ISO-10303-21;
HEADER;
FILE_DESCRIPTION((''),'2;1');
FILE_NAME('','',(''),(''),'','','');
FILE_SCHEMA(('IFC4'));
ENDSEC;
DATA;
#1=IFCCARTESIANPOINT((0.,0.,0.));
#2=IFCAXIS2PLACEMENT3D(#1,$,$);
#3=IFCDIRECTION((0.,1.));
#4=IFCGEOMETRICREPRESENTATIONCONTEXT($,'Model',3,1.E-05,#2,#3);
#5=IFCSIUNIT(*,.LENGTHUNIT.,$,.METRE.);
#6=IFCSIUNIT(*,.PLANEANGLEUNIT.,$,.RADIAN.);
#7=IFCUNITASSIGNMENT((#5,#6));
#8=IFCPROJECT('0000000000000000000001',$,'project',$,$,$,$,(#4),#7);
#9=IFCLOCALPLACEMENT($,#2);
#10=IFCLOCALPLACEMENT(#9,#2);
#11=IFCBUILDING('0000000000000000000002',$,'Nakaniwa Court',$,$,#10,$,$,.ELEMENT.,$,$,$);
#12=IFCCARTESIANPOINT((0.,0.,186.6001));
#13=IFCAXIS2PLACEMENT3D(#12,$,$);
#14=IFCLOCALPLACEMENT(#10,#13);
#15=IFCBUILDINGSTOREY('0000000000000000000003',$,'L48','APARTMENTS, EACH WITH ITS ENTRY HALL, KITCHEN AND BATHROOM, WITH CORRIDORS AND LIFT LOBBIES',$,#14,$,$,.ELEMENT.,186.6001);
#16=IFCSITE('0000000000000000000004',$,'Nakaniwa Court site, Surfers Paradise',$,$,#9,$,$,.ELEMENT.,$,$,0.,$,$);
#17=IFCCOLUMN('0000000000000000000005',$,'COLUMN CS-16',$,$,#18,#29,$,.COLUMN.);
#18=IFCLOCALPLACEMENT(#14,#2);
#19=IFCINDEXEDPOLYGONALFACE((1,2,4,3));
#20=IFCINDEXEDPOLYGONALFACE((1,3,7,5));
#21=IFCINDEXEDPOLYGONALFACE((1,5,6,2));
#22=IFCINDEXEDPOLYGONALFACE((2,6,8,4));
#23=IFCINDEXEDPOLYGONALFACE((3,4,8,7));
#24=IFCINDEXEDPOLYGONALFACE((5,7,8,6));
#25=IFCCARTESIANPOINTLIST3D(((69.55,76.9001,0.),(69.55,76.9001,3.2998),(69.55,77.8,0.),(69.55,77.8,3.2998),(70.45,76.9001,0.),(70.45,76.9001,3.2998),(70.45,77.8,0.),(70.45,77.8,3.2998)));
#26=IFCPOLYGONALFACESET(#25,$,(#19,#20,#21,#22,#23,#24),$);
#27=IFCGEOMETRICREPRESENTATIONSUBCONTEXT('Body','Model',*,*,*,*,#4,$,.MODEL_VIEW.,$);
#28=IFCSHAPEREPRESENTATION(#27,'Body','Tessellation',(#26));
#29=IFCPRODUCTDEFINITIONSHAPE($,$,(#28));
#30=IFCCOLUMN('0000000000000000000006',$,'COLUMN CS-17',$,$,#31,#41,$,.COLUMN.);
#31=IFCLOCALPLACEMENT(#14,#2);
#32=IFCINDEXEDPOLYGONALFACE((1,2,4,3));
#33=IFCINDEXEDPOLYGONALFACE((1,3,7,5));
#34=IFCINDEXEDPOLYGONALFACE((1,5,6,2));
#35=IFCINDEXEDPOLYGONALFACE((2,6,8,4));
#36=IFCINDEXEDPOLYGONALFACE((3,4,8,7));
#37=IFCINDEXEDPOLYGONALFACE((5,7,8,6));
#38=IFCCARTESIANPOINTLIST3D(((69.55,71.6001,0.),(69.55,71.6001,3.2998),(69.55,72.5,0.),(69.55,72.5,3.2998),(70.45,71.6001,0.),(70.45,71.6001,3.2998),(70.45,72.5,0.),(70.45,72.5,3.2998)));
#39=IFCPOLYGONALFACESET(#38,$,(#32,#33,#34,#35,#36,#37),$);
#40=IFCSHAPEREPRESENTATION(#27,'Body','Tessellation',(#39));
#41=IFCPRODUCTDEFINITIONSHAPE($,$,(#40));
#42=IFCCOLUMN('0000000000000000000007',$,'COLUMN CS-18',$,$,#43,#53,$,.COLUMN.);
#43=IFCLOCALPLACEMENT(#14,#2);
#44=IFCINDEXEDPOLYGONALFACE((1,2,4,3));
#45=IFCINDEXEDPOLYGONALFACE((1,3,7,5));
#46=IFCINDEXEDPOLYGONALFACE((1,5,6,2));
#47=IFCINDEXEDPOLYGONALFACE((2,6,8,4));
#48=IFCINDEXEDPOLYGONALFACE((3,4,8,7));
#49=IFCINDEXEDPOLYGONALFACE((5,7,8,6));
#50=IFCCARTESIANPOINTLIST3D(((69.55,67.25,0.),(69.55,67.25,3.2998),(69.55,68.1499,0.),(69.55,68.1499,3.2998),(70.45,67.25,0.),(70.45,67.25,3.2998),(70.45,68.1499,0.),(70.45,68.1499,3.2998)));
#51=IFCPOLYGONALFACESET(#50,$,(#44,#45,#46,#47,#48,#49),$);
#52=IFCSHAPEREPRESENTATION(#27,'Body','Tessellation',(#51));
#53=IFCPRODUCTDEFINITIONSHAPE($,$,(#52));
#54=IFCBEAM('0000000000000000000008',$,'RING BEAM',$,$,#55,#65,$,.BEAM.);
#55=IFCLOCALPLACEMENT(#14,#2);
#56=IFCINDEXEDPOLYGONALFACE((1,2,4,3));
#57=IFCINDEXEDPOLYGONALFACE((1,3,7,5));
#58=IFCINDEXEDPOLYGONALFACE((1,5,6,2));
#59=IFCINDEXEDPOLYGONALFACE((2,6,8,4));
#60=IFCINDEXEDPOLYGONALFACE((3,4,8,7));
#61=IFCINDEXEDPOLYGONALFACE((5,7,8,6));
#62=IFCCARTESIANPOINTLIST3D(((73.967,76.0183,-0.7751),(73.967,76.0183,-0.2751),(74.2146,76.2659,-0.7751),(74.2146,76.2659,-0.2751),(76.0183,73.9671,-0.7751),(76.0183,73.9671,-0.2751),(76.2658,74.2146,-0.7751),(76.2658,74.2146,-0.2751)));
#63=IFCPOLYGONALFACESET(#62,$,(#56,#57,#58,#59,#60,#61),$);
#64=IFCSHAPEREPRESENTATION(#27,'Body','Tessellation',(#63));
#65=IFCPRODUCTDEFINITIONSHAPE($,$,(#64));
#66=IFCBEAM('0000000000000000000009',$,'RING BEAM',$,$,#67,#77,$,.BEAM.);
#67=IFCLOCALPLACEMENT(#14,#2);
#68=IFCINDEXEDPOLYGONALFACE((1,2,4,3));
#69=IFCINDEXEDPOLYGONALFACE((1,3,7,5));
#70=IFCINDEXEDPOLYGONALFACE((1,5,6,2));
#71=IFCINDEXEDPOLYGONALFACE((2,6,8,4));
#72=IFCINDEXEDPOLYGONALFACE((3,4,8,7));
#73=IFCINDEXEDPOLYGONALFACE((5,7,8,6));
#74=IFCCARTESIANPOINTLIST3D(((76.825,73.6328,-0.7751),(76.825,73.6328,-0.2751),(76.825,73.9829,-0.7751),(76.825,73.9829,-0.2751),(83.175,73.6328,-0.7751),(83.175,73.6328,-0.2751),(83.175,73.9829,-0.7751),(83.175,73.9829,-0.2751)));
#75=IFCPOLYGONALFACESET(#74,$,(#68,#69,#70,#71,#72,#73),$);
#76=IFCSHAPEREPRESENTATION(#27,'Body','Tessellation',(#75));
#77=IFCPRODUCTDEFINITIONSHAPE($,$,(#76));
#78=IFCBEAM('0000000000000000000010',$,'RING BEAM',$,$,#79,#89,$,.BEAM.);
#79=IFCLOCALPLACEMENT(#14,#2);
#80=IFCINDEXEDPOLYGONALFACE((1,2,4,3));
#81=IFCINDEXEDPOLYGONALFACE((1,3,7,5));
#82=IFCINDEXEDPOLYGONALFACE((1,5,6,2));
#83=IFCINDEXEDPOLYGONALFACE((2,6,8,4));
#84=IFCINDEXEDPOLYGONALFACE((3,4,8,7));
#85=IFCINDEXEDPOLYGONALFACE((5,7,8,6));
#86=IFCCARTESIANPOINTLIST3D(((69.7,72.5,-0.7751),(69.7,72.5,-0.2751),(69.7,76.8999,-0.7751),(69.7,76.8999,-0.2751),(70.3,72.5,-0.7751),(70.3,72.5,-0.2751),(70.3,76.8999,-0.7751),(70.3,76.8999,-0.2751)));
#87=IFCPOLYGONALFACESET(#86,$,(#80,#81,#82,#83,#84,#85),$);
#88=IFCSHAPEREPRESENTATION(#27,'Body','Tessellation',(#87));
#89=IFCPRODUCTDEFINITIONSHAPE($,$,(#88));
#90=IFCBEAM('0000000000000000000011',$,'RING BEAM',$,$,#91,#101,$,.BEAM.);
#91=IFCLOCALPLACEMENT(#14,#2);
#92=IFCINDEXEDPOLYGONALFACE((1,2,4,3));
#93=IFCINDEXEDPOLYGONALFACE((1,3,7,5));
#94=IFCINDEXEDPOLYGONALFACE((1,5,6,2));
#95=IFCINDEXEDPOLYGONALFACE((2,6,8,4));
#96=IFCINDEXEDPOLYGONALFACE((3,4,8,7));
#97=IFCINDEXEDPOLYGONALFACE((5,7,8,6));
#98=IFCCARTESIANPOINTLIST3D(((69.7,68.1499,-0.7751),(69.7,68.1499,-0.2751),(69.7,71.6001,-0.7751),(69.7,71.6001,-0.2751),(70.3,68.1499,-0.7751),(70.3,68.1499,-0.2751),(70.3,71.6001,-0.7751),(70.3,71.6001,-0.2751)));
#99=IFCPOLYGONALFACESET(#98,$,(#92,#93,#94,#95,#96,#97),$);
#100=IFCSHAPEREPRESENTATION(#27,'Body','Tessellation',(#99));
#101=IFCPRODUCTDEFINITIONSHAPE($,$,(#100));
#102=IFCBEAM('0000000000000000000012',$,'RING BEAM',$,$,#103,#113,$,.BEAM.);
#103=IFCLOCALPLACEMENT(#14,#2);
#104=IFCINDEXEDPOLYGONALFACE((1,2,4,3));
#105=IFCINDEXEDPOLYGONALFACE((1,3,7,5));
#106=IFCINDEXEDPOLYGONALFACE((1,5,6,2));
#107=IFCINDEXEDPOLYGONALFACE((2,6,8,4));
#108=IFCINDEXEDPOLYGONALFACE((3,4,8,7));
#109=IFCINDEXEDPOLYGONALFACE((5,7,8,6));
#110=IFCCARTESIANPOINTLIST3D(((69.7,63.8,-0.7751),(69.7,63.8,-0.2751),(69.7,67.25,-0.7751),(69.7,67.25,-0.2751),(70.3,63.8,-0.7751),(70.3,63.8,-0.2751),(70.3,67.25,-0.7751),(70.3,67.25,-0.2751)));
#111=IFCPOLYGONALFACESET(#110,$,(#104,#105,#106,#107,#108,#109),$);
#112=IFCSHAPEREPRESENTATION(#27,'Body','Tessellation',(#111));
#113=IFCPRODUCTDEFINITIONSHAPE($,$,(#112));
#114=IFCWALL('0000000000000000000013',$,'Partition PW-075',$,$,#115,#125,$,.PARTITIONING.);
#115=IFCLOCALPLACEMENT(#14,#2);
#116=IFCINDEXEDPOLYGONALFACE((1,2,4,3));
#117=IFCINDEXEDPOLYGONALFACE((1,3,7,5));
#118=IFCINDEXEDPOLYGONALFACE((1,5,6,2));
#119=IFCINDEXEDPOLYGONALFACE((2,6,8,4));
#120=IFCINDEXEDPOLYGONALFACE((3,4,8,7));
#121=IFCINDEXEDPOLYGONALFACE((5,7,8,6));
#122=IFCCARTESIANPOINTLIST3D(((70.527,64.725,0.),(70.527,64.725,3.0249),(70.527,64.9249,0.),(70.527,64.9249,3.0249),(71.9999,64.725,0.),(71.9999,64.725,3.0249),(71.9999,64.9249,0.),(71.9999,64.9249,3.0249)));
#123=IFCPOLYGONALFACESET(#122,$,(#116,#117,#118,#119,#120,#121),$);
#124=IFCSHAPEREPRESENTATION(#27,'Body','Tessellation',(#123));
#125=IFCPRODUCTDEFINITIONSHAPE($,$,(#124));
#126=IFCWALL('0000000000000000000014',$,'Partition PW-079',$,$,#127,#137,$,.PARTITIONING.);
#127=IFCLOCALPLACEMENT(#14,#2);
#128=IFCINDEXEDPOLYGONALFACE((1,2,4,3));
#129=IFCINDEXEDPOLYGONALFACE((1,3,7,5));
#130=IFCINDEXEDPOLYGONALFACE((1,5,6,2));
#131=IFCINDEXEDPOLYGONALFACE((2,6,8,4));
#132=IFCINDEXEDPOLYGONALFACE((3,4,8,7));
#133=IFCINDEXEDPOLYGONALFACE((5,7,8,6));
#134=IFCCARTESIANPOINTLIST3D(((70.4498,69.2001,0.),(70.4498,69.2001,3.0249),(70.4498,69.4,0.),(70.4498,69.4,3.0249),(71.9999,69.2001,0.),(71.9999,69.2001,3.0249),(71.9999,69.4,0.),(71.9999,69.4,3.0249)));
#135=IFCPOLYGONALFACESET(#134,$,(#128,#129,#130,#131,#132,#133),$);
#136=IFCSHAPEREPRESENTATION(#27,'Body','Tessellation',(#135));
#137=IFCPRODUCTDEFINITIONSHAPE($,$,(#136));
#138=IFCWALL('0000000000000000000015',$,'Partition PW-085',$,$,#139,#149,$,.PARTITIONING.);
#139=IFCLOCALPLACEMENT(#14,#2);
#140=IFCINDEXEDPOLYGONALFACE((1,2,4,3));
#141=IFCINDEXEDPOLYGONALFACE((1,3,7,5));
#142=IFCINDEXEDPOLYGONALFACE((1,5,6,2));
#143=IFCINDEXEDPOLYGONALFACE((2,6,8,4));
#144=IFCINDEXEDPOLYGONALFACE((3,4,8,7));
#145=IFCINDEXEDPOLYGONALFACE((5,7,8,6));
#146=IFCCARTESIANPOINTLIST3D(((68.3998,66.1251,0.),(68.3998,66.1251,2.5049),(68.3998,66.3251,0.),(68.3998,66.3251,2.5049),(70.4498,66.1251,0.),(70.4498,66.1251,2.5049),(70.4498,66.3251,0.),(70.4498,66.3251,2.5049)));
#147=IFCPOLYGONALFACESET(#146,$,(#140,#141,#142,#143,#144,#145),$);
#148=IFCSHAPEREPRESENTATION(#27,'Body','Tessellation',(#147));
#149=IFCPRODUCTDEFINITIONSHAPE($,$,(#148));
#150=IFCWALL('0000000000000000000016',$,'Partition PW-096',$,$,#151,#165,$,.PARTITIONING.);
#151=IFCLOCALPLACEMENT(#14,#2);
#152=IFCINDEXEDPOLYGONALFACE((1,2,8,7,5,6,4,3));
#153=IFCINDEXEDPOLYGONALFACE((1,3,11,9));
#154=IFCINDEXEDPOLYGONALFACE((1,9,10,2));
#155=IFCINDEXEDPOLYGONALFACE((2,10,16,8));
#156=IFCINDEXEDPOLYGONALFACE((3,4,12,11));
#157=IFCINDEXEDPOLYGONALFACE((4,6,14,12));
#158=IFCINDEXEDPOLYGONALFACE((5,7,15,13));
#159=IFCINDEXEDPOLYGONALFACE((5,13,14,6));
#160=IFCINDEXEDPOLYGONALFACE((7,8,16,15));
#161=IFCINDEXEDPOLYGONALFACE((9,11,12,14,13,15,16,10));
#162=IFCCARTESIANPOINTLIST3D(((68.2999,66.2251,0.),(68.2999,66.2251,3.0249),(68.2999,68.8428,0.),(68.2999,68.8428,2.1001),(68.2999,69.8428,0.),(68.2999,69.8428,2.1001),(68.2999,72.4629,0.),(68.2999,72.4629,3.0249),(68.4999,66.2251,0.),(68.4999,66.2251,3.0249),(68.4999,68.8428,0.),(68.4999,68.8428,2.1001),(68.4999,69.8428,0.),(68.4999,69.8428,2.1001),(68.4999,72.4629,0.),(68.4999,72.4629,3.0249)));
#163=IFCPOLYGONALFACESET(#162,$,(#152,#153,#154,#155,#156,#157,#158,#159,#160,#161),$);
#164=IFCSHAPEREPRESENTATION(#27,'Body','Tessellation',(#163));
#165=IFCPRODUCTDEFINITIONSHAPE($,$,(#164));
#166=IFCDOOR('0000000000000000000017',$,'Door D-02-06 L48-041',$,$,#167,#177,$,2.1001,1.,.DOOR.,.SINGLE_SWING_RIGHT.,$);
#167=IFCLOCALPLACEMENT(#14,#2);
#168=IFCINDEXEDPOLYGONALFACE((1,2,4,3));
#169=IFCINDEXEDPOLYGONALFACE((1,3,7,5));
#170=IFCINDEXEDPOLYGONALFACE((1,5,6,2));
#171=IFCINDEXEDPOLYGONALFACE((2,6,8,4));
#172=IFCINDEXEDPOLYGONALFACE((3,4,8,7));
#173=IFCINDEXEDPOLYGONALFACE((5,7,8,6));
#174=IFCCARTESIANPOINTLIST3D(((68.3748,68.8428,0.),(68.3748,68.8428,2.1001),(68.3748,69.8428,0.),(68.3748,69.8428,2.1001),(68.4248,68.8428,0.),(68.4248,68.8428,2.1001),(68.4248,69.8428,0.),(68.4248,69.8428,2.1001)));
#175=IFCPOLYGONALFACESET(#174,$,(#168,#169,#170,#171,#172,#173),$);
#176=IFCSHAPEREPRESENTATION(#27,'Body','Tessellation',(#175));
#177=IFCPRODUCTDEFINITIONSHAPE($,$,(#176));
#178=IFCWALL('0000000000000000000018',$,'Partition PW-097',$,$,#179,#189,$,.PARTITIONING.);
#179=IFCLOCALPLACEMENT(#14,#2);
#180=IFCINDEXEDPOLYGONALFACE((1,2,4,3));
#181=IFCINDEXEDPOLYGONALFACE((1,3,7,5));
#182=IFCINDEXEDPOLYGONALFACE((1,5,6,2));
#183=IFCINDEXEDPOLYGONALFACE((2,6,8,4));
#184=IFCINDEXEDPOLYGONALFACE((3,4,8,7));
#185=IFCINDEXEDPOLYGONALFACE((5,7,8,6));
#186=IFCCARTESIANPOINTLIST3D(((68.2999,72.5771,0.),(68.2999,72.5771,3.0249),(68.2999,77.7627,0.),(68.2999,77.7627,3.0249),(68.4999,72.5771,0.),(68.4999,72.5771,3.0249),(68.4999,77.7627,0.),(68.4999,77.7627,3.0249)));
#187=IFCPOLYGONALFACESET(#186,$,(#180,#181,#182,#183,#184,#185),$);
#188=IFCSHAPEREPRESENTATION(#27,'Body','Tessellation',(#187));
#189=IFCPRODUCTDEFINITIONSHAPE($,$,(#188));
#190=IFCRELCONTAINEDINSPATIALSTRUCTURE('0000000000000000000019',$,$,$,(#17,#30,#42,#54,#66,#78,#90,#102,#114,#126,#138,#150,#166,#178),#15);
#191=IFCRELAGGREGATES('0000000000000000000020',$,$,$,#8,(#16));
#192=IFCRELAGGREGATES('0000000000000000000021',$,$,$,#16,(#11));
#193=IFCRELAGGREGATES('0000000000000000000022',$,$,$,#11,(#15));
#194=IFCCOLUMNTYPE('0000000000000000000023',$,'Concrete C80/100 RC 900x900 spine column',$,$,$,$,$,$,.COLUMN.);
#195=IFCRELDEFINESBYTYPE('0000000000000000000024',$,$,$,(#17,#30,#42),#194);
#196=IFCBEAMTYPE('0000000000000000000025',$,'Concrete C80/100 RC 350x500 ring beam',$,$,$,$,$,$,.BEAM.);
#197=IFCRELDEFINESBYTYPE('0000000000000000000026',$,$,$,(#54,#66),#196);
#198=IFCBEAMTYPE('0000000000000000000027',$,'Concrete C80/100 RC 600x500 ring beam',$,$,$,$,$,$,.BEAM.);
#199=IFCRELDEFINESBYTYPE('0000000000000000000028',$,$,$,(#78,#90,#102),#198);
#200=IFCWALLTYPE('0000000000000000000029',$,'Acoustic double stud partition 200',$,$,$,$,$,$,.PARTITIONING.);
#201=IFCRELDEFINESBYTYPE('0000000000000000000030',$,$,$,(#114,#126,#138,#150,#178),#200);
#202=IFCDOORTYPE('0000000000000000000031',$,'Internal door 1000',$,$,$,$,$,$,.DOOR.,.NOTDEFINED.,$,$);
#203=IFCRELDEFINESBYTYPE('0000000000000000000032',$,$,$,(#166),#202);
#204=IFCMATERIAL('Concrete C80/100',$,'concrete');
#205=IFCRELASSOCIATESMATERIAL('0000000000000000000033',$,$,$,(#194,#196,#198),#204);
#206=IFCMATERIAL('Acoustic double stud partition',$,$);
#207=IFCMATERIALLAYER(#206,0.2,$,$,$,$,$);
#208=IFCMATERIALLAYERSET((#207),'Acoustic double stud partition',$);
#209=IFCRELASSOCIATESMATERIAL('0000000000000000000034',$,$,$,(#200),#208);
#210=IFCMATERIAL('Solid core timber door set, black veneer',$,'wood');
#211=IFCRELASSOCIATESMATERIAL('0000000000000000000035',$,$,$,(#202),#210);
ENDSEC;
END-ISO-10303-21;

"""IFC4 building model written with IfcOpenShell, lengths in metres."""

from ifc_helpers import new_model, si_unit, direction, frame, frame_2d, origin, origin_2d, place, context, subcontext, project, spatial, rectangle, extrude, material, layer, layer_set, material_profile, profile_set, type_object, element, fill, save


model = new_model("IFC4")

# Units and contexts
model_context = context("Model", 3, precision=1e-05, world=origin(), true_north=direction((0.0, 1.0)))
body_context = subcontext(model_context, "Body", "Model", "MODEL_VIEW")
ifc_project = project(units=[si_unit("LENGTHUNIT", "METRE"), si_unit("PLANEANGLEUNIT", "RADIAN")], contexts=[model_context])

# Site, building, storey
site_placement = place(None, origin())
site = spatial("IfcSite", under=ifc_project, at=site_placement, Name="Nakaniwa Court site, Surfers Paradise", CompositionType="ELEMENT", RefElevation=0.0)
building_placement = place(site_placement, origin())
building = spatial("IfcBuilding", under=site, at=building_placement, Name="Nakaniwa Court", CompositionType="ELEMENT")
storey_placement = place(building_placement, frame((0.0, 0.0, 186.6001)))
storey = spatial("IfcBuildingStorey", under=building, at=storey_placement, Name="L48", Description="APARTMENTS, EACH WITH ITS ENTRY HALL, KITCHEN AND BATHROOM, WITH CORRIDORS AND LIFT LOBBIES", CompositionType="ELEMENT", Elevation=186.6001)

# Columns
ifc_material_1 = material(Name="Concrete C80/100", Category="concrete")
ifc_material_profile_1 = material_profile(ifc_material_1, rectangle(XDim=0.8999, YDim=0.8999, at=origin_2d()), Name="Concrete C80/100 RC 900x900 spine column")
ifc_profile_set_1 = profile_set([ifc_material_profile_1], Name="Concrete C80/100")
column_type_1 = type_object("IfcColumnType", Name="Concrete C80/100 RC 900x900 spine column", PredefinedType="COLUMN", material=ifc_profile_set_1)
for number, where, z_axis, x_axis, name in (
    (1, (70.0, 77.3501, 0.0), (0.0, 0.0, 1.0), (0.0, -1.0, 0.0), "COLUMN CS-16"),
    (2, (70.0, 72.05, 0.0), (0.0, 0.0, 1.0), (0.0, -1.0, 0.0), "COLUMN CS-17"),
    (3, (70.0, 67.7, 0.0), (0.0, 0.0, 1.0), (0.0, -1.0, 0.0), "COLUMN CS-18"),
):
    element("IfcColumn", number, at=place(storey_placement, frame(where, z_axis=z_axis, x_axis=x_axis)), inside=storey, type_object=column_type_1, Name=name, PredefinedType="COLUMN", context=body_context, shape_type="SweptSolid", body=[
        extrude(rectangle(XDim=0.8999, YDim=0.8999, at=origin_2d()), origin(), (0.0, 0.0, 1.0), 3.2998),
    ])

# Beams
ifc_material_profile_2 = material_profile(ifc_material_1, rectangle(XDim=0.3501, YDim=0.5, at=origin_2d()), Name="Concrete C80/100 RC 350x500 ring beam")
ifc_profile_set_2 = profile_set([ifc_material_profile_2], Name="Concrete C80/100")
beam_type_1 = type_object("IfcBeamType", Name="Concrete C80/100 RC 350x500 ring beam", PredefinedType="BEAM", material=ifc_profile_set_2)
beam_1_placement = place(storey_placement, frame((74.0908, 76.1421, -0.5251), z_axis=(0.707107, -0.707107, 0.0), x_axis=(0.707107, 0.707107, 0.0)))
element("IfcBeam", 4, at=beam_1_placement, inside=storey, type_object=beam_type_1, Name="RING BEAM", PredefinedType="BEAM", context=body_context, shape_type="SweptSolid", body=[
    extrude(rectangle(XDim=0.3501, YDim=0.5, at=origin_2d()), origin(), (0.0, 0.0, 1.0), 2.9009),
])
beam_2_placement = place(storey_placement, frame((76.825, 73.8079, -0.5251), z_axis=(1.0, 0.0, 0.0), x_axis=(0.0, 1.0, 0.0)))
element("IfcBeam", 5, at=beam_2_placement, inside=storey, type_object=beam_type_1, Name="RING BEAM", PredefinedType="BEAM", context=body_context, shape_type="SweptSolid", body=[
    extrude(rectangle(XDim=0.3501, YDim=0.5, at=origin_2d()), origin(), (0.0, 0.0, 1.0), 6.3501),
])
ifc_material_profile_3 = material_profile(ifc_material_1, rectangle(XDim=0.6001, YDim=0.5, at=origin_2d()), Name="Concrete C80/100 RC 600x500 ring beam")
ifc_profile_set_3 = profile_set([ifc_material_profile_3], Name="Concrete C80/100")
beam_type_2 = type_object("IfcBeamType", Name="Concrete C80/100 RC 600x500 ring beam", PredefinedType="BEAM", material=ifc_profile_set_3)
beam_3_placement = place(storey_placement, frame((70.0, 76.8999, -0.5251), z_axis=(0.0, -1.0, 0.0), x_axis=(1.0, 0.0, 0.0)))
element("IfcBeam", 6, at=beam_3_placement, inside=storey, type_object=beam_type_2, Name="RING BEAM", PredefinedType="BEAM", context=body_context, shape_type="SweptSolid", body=[
    extrude(rectangle(XDim=0.6001, YDim=0.5, at=origin_2d()), origin(), (0.0, 0.0, 1.0), 4.3999),
])
beam_4_placement = place(storey_placement, frame((70.0, 71.6001, -0.5251), z_axis=(0.0, -1.0, 0.0), x_axis=(1.0, 0.0, 0.0)))
element("IfcBeam", 7, at=beam_4_placement, inside=storey, type_object=beam_type_2, Name="RING BEAM", PredefinedType="BEAM", context=body_context, shape_type="SweptSolid", body=[
    extrude(rectangle(XDim=0.6001, YDim=0.5, at=origin_2d()), origin(), (0.0, 0.0, 1.0), 3.4502),
])
beam_5_placement = place(storey_placement, frame((70.0, 67.25, -0.5251), z_axis=(0.0, -1.0, 0.0), x_axis=(1.0, 0.0, 0.0)))
element("IfcBeam", 8, at=beam_5_placement, inside=storey, type_object=beam_type_2, Name="RING BEAM", PredefinedType="BEAM", context=body_context, shape_type="SweptSolid", body=[
    extrude(rectangle(XDim=0.6001, YDim=0.5, at=origin_2d()), origin(), (0.0, 0.0, 1.0), 3.45),
])

# Walls
ifc_material_2 = material(Name="Acoustic double stud partition")
ifc_layer_1 = layer(ifc_material_2, 0.2)
ifc_layer_set_1 = layer_set([ifc_layer_1], Name="Acoustic double stud partition")
wall_type_1 = type_object("IfcWallType", Name="Acoustic double stud partition 200", PredefinedType="PARTITIONING", material=ifc_layer_set_1)
wall_1_placement = place(storey_placement, frame((70.5271, 64.825, 0.0), z_axis=(0.0, 0.0, 1.0), x_axis=(1.0, 0.0, 0.0)))
element("IfcWall", 9, at=wall_1_placement, inside=storey, type_object=wall_type_1, Name="Partition PW-075", PredefinedType="PARTITIONING", context=body_context, shape_type="SweptSolid", body=[
    extrude(rectangle(XDim=1.4729, YDim=0.2, at=frame_2d((0.7363, 0.0))), origin(), (0.0, 0.0, 1.0), 3.0249),
])
wall_2_placement = place(storey_placement, frame((70.45, 69.3, 0.0), z_axis=(0.0, 0.0, 1.0), x_axis=(1.0, 0.0, 0.0)))
element("IfcWall", 10, at=wall_2_placement, inside=storey, type_object=wall_type_1, Name="Partition PW-079", PredefinedType="PARTITIONING", context=body_context, shape_type="SweptSolid", body=[
    extrude(rectangle(XDim=1.55, YDim=0.2, at=frame_2d((0.7749, 0.0))), origin(), (0.0, 0.0, 1.0), 3.0249),
])
wall_3_placement = place(storey_placement, frame((68.3999, 66.2251, 0.0), z_axis=(0.0, 0.0, 1.0), x_axis=(1.0, 0.0, 0.0)))
element("IfcWall", 11, at=wall_3_placement, inside=storey, type_object=wall_type_1, Name="Partition PW-085", PredefinedType="PARTITIONING", context=body_context, shape_type="SweptSolid", body=[
    extrude(rectangle(XDim=2.05, YDim=0.2, at=frame_2d((1.0249, 0.0))), origin(), (0.0, 0.0, 1.0), 2.5049),
])

# Wall, opening, door
wall_4_placement = place(storey_placement, frame((68.3999, 72.4629, 0.0), z_axis=(0.0, 0.0, 1.0), x_axis=(0.0, -1.0, 0.0)))
wall_4 = element("IfcWall", 12, at=wall_4_placement, inside=storey, type_object=wall_type_1, Name="Partition PW-096", PredefinedType="PARTITIONING", context=body_context, shape_type="SweptSolid", body=[
    extrude(rectangle(XDim=6.2378, YDim=0.2, at=frame_2d((3.1189, 0.0))), origin(), (0.0, 0.0, 1.0), 3.0249),
])
opening_1_placement = place(wall_4_placement, frame((2.6201, 0.0, 0.0)))
opening_1 = element("IfcOpeningElement", 13, at=opening_1_placement, cuts=wall_4, PredefinedType="OPENING", context=body_context, shape_type="SweptSolid", body=[
    extrude(rectangle(XDim=1.0, YDim=2.1001, at=frame_2d((0.5, 1.05))), frame((0.0, 0.1099, 0.0), z_axis=(0.0, -1.0, 0.0), x_axis=(1.0, 0.0, 0.0)), (0.0, 0.0, 1.0), 0.22),
])
ifc_material_3 = material(Name="Solid core timber door set, black veneer", Category="wood")
door_type_1 = type_object("IfcDoorType", Name="Internal door 1000", OperationType="NOTDEFINED", PredefinedType="DOOR", material=ifc_material_3)
door_1_placement = place(opening_1_placement, origin())
door_1 = element("IfcDoor", 14, at=door_1_placement, inside=storey, type_object=door_type_1, Name="Door D-02-06 L48-041", OperationType="SINGLE_SWING_RIGHT", OverallHeight=2.1001, OverallWidth=1.0, PredefinedType="DOOR", context=body_context, shape_type="SweptSolid", body=[
    extrude(rectangle(XDim=1.0, YDim=2.1001, at=frame_2d((0.5, 1.05))), frame((0.0, 0.0249, 0.0), z_axis=(0.0, -1.0, 0.0), x_axis=(1.0, 0.0, 0.0)), (0.0, 0.0, 1.0), 0.05),
])
fill(opening_1, door_1)

# Wall
wall_5_placement = place(storey_placement, frame((68.3999, 72.5771, 0.0), z_axis=(0.0, 0.0, 1.0), x_axis=(0.0, 1.0, 0.0)))
element("IfcWall", 15, at=wall_5_placement, inside=storey, type_object=wall_type_1, Name="Partition PW-097", PredefinedType="PARTITIONING", context=body_context, shape_type="SweptSolid", body=[
    extrude(rectangle(XDim=5.1855, YDim=0.2, at=frame_2d((2.5928, 0.0))), origin(), (0.0, 0.0, 1.0), 3.0249),
])

save(model, "model.ifc")
